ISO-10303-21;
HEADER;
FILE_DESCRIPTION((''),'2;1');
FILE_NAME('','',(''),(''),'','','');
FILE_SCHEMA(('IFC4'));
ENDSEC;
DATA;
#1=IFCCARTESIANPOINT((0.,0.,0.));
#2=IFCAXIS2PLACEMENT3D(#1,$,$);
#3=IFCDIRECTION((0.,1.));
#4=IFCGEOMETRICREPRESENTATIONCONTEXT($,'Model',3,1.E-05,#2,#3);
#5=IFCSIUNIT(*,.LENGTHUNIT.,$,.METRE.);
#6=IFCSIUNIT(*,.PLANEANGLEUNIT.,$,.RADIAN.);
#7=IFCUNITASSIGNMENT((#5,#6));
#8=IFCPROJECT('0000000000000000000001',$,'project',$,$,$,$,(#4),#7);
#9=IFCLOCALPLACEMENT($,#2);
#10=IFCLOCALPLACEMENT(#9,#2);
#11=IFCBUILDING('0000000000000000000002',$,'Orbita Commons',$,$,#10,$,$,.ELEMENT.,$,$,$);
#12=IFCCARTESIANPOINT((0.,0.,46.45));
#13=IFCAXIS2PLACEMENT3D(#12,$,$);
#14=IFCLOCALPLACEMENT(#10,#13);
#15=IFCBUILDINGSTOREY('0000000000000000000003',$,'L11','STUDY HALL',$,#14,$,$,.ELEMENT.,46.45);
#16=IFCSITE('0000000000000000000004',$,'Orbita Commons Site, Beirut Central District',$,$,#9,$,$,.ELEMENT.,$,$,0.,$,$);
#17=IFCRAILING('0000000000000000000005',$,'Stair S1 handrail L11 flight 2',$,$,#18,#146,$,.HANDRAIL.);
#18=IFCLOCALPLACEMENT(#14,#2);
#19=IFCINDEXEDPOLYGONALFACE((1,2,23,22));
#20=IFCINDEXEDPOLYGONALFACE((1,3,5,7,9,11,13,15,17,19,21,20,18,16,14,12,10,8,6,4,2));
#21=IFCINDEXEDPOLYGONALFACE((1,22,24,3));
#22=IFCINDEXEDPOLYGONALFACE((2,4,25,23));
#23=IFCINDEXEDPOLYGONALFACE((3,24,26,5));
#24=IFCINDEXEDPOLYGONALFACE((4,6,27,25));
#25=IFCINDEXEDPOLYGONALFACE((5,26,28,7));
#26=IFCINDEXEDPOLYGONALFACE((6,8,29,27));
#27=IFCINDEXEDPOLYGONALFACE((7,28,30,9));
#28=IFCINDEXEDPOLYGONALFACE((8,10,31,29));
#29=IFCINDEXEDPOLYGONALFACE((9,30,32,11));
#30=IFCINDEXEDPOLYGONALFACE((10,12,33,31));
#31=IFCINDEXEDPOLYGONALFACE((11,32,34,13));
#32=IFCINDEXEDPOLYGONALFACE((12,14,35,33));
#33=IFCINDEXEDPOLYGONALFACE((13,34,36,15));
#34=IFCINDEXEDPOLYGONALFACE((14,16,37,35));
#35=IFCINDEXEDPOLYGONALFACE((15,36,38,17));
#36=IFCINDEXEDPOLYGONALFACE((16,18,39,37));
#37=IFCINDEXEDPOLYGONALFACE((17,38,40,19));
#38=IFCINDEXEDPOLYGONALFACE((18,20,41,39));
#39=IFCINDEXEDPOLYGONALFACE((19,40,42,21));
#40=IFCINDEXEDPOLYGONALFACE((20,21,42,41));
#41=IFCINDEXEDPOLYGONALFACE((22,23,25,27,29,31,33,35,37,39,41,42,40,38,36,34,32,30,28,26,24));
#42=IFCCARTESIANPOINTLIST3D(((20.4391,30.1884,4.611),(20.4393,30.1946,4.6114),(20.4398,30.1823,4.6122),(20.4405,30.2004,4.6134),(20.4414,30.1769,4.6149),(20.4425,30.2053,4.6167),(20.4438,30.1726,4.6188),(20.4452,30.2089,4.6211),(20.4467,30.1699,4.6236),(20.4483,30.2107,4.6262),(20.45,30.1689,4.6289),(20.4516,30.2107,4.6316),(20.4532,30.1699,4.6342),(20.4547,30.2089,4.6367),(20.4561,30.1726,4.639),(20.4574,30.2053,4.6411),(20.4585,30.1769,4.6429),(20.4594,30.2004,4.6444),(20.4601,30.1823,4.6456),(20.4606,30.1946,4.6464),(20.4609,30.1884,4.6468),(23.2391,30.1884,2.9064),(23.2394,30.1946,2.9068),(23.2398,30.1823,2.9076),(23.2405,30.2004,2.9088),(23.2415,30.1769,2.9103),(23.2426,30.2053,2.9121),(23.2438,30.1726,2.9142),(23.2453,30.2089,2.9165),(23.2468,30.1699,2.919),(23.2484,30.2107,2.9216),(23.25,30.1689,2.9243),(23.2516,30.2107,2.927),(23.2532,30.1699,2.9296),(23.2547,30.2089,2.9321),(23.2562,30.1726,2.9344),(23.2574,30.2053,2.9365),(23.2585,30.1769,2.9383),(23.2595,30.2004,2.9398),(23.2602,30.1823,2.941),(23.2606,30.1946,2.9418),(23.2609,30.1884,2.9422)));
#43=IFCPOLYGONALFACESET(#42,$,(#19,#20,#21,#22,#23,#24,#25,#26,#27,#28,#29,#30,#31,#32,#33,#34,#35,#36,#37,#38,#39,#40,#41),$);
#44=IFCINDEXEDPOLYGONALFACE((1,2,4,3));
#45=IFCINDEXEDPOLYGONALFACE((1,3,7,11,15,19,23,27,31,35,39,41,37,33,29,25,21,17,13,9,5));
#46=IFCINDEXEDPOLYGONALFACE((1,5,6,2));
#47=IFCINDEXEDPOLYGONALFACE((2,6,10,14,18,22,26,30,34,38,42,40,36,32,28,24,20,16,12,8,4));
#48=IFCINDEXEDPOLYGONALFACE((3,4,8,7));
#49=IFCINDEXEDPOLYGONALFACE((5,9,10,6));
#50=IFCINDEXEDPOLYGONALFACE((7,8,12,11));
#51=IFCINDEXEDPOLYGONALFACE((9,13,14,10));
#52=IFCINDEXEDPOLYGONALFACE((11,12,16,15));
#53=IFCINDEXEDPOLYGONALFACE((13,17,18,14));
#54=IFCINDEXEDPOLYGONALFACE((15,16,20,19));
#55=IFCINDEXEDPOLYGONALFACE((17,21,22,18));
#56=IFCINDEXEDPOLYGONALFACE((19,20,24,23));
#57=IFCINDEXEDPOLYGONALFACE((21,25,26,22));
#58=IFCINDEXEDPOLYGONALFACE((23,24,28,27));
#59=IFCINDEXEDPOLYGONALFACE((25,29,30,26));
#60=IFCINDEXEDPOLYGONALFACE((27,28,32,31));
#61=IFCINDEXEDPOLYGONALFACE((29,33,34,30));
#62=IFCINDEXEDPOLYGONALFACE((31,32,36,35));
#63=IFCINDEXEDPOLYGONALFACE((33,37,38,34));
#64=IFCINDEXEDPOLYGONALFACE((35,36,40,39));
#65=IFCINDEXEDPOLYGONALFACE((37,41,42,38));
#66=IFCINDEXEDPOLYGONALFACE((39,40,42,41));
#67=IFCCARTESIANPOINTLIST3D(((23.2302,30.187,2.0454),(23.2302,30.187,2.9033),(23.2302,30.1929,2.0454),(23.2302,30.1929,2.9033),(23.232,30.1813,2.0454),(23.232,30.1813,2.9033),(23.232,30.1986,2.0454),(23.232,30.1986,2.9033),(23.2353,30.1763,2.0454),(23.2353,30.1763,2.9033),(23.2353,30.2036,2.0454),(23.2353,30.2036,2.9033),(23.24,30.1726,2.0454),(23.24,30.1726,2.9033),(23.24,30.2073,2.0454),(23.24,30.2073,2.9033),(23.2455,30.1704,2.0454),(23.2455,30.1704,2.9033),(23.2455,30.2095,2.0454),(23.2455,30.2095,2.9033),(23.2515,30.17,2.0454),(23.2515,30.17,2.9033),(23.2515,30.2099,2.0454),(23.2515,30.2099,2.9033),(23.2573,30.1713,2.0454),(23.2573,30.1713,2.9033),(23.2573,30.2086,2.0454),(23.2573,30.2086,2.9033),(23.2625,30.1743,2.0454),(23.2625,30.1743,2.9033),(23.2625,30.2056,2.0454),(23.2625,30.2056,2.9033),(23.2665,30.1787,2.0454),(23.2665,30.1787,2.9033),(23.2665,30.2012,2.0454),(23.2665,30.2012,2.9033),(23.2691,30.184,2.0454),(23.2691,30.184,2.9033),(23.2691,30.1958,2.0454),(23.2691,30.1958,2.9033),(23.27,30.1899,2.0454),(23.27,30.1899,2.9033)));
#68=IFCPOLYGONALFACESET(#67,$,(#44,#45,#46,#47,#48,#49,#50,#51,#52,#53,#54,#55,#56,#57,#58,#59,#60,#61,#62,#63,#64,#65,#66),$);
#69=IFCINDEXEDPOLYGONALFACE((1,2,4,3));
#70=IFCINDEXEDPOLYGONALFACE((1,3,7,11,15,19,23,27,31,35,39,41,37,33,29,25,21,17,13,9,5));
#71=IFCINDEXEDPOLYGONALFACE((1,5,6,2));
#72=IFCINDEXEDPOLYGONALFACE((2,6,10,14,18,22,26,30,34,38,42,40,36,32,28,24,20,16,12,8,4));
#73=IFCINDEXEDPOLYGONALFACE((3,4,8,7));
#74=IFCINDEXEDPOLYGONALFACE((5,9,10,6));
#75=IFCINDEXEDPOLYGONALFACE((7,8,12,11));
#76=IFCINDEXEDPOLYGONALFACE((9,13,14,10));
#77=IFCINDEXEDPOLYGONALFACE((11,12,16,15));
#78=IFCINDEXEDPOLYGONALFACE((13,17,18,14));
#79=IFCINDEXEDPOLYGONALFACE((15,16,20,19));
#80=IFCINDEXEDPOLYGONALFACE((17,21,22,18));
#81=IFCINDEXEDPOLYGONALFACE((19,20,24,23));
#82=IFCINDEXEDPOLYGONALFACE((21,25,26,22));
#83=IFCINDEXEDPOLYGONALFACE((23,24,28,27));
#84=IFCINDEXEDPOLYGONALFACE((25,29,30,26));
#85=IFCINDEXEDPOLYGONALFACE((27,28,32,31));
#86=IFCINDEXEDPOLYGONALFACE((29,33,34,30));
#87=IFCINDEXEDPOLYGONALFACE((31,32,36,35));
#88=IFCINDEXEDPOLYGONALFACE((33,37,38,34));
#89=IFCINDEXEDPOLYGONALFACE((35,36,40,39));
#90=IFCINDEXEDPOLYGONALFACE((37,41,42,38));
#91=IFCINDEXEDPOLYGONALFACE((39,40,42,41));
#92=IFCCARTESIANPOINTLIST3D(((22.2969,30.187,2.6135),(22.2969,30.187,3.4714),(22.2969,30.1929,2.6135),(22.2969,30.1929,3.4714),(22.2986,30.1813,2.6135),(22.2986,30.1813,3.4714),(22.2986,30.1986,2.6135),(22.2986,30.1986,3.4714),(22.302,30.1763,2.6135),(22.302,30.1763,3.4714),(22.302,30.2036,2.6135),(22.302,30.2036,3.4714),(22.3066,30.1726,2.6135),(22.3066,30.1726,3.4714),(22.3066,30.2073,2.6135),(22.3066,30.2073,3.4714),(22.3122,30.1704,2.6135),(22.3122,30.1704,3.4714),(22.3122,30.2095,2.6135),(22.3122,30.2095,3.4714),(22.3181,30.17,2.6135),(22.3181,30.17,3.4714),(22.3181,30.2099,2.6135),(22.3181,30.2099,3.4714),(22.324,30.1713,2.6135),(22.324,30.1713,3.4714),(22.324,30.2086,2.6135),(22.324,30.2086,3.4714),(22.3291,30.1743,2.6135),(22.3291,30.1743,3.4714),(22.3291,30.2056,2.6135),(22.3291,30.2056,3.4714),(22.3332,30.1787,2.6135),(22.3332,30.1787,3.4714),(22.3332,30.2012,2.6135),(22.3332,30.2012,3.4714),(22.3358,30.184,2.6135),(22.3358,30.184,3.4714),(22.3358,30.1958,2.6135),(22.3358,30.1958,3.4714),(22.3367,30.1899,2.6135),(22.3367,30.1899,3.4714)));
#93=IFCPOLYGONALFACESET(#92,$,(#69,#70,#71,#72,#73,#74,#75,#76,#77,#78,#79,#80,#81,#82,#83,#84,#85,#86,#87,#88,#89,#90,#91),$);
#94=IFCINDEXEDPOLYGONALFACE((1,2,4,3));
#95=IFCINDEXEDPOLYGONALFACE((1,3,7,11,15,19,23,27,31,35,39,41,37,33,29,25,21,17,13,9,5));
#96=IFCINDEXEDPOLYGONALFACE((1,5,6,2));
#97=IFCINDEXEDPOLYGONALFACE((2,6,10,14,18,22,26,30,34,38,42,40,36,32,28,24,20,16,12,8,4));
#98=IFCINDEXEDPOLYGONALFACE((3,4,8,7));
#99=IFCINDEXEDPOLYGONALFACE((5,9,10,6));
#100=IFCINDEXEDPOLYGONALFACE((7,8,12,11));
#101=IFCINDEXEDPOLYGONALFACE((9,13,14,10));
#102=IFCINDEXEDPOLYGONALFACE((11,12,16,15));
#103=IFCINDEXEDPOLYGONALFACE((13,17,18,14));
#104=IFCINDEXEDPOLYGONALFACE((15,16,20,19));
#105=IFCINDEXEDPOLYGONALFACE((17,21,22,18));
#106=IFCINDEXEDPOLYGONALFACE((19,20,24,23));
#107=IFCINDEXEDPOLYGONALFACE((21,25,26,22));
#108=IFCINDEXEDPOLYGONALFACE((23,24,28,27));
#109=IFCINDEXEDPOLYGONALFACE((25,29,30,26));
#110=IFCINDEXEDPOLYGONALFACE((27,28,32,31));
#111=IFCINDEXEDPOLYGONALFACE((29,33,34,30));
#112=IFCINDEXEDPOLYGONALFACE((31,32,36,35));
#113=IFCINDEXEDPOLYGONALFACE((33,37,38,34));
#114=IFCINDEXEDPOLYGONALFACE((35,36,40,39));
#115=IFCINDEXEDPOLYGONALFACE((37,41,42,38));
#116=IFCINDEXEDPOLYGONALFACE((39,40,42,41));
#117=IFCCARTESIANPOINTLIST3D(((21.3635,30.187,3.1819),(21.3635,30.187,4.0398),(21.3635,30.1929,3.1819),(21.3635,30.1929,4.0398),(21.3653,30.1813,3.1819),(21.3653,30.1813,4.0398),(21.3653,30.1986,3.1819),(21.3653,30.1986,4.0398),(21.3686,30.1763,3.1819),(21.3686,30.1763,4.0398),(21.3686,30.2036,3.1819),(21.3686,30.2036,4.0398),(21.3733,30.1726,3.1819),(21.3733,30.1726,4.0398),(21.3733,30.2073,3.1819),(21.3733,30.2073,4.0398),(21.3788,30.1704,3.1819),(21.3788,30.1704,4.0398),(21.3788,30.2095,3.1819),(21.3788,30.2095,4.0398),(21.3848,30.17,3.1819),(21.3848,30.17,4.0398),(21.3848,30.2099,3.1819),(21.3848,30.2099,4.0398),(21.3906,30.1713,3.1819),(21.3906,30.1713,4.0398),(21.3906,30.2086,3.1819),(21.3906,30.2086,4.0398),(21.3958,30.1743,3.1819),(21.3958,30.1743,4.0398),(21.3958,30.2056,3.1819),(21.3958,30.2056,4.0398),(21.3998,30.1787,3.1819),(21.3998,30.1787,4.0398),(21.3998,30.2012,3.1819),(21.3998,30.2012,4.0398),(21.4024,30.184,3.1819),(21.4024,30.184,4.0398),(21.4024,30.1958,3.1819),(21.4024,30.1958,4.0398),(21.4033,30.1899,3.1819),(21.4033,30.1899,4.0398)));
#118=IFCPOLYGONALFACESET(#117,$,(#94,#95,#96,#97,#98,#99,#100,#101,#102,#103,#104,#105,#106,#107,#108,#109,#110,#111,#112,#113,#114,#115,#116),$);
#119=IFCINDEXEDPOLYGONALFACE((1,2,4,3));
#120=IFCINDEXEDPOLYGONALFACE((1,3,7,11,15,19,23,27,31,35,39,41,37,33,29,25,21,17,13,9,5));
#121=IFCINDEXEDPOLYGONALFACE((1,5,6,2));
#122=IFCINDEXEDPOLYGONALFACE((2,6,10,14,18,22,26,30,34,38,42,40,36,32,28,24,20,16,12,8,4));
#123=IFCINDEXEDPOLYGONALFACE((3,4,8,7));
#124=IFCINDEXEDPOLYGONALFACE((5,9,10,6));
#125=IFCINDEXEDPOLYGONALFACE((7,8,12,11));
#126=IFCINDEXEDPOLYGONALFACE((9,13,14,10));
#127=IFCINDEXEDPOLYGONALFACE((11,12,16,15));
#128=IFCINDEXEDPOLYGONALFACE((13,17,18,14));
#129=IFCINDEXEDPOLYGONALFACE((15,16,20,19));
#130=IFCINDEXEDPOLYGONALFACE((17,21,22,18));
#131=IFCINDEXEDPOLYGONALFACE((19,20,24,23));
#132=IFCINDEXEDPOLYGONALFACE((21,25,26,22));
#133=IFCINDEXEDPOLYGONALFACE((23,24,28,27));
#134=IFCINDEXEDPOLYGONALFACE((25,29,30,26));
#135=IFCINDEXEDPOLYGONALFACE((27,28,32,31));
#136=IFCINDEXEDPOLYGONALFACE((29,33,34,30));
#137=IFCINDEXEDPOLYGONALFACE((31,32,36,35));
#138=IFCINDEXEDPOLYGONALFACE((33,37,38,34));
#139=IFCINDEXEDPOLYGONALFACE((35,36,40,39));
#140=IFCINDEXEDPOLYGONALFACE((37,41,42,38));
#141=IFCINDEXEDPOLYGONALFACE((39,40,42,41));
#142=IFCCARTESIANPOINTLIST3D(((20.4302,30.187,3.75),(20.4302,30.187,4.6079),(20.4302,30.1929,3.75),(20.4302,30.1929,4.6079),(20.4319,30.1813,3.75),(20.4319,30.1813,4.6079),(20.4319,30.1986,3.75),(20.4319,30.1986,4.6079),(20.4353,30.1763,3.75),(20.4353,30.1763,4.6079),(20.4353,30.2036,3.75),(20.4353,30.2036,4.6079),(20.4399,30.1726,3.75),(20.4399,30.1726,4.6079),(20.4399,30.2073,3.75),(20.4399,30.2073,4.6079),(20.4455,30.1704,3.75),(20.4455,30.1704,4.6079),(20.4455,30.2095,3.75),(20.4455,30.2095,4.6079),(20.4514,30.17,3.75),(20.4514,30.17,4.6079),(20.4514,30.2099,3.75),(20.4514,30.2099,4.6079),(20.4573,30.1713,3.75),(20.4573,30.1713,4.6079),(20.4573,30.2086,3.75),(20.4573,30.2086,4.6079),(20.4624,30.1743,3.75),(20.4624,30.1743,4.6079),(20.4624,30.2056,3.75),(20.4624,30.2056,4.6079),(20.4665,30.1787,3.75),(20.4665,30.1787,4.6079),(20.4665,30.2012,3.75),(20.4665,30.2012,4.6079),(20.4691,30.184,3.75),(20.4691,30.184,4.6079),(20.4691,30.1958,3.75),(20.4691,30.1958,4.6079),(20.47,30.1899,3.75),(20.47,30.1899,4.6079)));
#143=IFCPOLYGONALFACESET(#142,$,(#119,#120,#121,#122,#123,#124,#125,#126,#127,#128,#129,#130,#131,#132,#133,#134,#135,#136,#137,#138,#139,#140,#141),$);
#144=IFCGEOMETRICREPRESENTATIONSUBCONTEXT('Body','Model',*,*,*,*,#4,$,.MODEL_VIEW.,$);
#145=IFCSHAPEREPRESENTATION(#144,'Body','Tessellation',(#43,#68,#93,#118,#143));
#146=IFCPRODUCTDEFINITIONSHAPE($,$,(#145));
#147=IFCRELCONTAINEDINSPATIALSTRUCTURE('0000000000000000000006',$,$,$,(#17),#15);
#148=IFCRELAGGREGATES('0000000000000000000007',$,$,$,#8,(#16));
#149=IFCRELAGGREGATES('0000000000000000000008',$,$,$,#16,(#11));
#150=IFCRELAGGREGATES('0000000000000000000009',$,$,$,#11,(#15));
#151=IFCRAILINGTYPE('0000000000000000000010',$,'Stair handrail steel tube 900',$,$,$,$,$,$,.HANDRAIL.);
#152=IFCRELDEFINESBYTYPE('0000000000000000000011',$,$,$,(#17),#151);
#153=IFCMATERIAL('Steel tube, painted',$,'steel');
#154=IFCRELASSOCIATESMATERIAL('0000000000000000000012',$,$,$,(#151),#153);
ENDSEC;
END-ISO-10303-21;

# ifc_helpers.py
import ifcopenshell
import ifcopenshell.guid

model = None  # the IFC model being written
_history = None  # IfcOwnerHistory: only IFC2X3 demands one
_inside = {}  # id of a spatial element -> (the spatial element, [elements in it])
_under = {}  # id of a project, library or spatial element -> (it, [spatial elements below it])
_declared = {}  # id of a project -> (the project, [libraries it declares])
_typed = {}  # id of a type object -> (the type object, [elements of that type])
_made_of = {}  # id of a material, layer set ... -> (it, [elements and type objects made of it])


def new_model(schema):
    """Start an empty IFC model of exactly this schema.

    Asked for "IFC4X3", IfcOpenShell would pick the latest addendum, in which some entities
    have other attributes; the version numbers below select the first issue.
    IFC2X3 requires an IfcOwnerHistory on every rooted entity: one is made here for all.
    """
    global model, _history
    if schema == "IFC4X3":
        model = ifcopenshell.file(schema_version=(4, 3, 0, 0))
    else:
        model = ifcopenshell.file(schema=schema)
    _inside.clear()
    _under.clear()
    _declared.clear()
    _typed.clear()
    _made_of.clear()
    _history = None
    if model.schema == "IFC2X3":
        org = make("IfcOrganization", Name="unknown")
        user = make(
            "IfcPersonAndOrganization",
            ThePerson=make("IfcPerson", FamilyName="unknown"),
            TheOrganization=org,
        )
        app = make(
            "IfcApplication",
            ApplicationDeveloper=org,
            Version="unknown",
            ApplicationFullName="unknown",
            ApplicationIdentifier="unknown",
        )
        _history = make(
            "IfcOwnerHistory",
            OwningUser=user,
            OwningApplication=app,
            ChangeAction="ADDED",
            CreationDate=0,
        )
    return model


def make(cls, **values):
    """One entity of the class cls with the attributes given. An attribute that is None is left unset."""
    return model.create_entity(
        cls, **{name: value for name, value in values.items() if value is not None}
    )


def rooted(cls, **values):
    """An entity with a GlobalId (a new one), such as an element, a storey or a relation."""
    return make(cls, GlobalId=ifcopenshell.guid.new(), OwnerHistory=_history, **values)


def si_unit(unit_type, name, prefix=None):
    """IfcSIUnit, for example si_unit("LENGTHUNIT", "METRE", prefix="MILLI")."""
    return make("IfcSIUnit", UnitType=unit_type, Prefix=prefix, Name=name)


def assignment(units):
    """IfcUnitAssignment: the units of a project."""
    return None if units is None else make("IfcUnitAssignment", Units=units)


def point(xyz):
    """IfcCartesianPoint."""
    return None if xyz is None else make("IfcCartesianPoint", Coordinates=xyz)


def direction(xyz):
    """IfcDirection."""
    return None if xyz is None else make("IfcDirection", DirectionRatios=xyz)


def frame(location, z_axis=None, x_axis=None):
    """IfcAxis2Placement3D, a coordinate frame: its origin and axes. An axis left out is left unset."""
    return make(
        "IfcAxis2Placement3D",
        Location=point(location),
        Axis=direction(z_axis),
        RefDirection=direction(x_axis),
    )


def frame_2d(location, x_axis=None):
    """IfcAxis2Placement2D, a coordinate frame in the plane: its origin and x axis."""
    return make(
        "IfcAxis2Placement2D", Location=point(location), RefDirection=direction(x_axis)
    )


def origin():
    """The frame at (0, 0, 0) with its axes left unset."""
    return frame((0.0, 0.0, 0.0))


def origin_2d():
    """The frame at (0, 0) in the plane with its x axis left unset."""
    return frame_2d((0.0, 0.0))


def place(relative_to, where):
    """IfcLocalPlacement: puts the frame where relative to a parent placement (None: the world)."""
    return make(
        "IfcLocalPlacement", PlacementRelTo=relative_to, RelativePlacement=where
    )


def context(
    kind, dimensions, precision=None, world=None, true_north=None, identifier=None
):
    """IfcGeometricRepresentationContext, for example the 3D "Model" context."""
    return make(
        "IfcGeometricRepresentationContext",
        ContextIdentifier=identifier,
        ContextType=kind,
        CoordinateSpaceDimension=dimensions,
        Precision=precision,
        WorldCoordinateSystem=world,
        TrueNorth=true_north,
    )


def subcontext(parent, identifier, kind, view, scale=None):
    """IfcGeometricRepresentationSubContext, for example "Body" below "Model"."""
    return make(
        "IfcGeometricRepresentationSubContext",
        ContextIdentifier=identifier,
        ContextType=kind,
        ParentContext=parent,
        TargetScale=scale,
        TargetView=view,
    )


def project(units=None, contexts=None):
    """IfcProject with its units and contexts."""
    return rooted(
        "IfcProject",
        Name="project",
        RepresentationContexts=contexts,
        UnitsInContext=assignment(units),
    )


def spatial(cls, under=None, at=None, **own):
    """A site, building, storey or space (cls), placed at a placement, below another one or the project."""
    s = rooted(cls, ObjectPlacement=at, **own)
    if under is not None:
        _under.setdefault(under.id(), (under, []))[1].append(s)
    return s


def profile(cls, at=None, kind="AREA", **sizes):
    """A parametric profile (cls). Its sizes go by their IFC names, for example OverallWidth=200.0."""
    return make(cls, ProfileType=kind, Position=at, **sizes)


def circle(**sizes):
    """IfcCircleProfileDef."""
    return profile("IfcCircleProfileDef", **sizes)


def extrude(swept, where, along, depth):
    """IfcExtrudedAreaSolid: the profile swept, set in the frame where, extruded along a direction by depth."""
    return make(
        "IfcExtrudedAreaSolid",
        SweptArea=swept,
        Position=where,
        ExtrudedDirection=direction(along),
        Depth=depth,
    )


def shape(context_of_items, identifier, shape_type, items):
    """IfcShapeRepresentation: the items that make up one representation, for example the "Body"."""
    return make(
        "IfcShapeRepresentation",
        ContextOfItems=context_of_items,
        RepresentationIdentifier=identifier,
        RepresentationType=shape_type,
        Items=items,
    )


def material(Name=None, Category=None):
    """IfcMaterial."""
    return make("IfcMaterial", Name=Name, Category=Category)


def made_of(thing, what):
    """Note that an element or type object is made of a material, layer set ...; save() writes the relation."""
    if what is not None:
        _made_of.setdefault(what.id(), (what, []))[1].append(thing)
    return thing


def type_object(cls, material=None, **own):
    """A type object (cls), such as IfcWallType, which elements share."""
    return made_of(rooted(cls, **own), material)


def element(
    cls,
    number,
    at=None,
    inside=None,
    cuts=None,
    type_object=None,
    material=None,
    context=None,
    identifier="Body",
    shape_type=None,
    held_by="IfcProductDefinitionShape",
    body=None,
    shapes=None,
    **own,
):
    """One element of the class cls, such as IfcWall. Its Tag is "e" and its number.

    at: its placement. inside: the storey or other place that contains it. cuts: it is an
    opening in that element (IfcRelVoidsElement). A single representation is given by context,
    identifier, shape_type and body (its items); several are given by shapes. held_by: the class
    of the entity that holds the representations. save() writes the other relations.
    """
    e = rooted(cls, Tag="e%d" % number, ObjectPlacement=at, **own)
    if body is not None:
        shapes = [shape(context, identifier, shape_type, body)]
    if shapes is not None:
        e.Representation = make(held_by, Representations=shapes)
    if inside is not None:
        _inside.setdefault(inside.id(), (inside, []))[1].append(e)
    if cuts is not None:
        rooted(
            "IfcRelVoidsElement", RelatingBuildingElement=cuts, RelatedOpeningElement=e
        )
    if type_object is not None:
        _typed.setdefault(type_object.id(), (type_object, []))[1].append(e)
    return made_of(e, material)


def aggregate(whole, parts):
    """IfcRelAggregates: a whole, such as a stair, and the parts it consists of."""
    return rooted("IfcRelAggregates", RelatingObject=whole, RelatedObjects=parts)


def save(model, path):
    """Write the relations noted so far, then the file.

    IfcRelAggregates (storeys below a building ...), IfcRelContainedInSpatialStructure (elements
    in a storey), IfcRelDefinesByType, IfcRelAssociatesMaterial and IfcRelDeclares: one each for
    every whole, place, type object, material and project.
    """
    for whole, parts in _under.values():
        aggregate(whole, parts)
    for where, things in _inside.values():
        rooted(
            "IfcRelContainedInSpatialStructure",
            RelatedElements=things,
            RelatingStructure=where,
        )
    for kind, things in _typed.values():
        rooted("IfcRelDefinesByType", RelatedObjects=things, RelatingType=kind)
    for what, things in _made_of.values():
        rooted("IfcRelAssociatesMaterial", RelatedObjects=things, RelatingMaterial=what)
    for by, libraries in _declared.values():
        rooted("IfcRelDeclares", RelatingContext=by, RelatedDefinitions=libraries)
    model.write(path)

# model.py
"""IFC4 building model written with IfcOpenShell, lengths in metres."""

from ifc_helpers import new_model, si_unit, direction, frame, origin, origin_2d, place, context, subcontext, project, spatial, circle, extrude, material, type_object, element, save


model = new_model("IFC4")

# Units and contexts
model_context = context("Model", 3, precision=1e-05, world=origin(), true_north=direction((0.0, 1.0)))
body_context = subcontext(model_context, "Body", "Model", "MODEL_VIEW")
ifc_project = project(units=[si_unit("LENGTHUNIT", "METRE"), si_unit("PLANEANGLEUNIT", "RADIAN")], contexts=[model_context])

# Site, building, storey
site_placement = place(None, origin())
site = spatial("IfcSite", under=ifc_project, at=site_placement, Name="Orbita Commons Site, Beirut Central District", CompositionType="ELEMENT", RefElevation=0.0)
building_placement = place(site_placement, origin())
building = spatial("IfcBuilding", under=site, at=building_placement, Name="Orbita Commons", CompositionType="ELEMENT")
storey_placement = place(building_placement, frame((0.0, 0.0, 46.45)))
storey = spatial("IfcBuildingStorey", under=building, at=storey_placement, Name="L11", Description="STUDY HALL", CompositionType="ELEMENT", Elevation=46.45)

# Railing
ifc_material = material(Name="Steel tube, painted", Category="steel")
railing_type = type_object("IfcRailingType", Name="Stair handrail steel tube 900", PredefinedType="HANDRAIL", material=ifc_material)
for number, where, name in (
    (1, (23.25, 30.1899, 2.0454), "Stair S1 handrail L11 flight 2"),
):
    element("IfcRailing", number, at=place(storey_placement, frame(where)), inside=storey, type_object=railing_type, Name=name, PredefinedType="HANDRAIL", context=body_context, shape_type="SweptSolid", body=[
        extrude(circle(Radius=0.021, at=origin_2d()), frame((0.0, 0.0, 0.8789), z_axis=(-0.85417, 0.0, 0.519994), x_axis=(0.0, -1.0, 0.0)), (0.0, 0.0, 1.0), 3.2781),
        extrude(circle(Radius=0.02, at=origin_2d()), origin(), (0.0, 0.0, 1.0), 0.8579),
        extrude(circle(Radius=0.02, at=origin_2d()), frame((-0.9333, 0.0, 0.5681)), (0.0, 0.0, 1.0), 0.8579),
        extrude(circle(Radius=0.02, at=origin_2d()), frame((-1.8667, 0.0, 1.1365)), (0.0, 0.0, 1.0), 0.8579),
        extrude(circle(Radius=0.02, at=origin_2d()), frame((-2.8, 0.0, 1.7046)), (0.0, 0.0, 1.0), 0.8579),
    ])

save(model, "model.ifc")
